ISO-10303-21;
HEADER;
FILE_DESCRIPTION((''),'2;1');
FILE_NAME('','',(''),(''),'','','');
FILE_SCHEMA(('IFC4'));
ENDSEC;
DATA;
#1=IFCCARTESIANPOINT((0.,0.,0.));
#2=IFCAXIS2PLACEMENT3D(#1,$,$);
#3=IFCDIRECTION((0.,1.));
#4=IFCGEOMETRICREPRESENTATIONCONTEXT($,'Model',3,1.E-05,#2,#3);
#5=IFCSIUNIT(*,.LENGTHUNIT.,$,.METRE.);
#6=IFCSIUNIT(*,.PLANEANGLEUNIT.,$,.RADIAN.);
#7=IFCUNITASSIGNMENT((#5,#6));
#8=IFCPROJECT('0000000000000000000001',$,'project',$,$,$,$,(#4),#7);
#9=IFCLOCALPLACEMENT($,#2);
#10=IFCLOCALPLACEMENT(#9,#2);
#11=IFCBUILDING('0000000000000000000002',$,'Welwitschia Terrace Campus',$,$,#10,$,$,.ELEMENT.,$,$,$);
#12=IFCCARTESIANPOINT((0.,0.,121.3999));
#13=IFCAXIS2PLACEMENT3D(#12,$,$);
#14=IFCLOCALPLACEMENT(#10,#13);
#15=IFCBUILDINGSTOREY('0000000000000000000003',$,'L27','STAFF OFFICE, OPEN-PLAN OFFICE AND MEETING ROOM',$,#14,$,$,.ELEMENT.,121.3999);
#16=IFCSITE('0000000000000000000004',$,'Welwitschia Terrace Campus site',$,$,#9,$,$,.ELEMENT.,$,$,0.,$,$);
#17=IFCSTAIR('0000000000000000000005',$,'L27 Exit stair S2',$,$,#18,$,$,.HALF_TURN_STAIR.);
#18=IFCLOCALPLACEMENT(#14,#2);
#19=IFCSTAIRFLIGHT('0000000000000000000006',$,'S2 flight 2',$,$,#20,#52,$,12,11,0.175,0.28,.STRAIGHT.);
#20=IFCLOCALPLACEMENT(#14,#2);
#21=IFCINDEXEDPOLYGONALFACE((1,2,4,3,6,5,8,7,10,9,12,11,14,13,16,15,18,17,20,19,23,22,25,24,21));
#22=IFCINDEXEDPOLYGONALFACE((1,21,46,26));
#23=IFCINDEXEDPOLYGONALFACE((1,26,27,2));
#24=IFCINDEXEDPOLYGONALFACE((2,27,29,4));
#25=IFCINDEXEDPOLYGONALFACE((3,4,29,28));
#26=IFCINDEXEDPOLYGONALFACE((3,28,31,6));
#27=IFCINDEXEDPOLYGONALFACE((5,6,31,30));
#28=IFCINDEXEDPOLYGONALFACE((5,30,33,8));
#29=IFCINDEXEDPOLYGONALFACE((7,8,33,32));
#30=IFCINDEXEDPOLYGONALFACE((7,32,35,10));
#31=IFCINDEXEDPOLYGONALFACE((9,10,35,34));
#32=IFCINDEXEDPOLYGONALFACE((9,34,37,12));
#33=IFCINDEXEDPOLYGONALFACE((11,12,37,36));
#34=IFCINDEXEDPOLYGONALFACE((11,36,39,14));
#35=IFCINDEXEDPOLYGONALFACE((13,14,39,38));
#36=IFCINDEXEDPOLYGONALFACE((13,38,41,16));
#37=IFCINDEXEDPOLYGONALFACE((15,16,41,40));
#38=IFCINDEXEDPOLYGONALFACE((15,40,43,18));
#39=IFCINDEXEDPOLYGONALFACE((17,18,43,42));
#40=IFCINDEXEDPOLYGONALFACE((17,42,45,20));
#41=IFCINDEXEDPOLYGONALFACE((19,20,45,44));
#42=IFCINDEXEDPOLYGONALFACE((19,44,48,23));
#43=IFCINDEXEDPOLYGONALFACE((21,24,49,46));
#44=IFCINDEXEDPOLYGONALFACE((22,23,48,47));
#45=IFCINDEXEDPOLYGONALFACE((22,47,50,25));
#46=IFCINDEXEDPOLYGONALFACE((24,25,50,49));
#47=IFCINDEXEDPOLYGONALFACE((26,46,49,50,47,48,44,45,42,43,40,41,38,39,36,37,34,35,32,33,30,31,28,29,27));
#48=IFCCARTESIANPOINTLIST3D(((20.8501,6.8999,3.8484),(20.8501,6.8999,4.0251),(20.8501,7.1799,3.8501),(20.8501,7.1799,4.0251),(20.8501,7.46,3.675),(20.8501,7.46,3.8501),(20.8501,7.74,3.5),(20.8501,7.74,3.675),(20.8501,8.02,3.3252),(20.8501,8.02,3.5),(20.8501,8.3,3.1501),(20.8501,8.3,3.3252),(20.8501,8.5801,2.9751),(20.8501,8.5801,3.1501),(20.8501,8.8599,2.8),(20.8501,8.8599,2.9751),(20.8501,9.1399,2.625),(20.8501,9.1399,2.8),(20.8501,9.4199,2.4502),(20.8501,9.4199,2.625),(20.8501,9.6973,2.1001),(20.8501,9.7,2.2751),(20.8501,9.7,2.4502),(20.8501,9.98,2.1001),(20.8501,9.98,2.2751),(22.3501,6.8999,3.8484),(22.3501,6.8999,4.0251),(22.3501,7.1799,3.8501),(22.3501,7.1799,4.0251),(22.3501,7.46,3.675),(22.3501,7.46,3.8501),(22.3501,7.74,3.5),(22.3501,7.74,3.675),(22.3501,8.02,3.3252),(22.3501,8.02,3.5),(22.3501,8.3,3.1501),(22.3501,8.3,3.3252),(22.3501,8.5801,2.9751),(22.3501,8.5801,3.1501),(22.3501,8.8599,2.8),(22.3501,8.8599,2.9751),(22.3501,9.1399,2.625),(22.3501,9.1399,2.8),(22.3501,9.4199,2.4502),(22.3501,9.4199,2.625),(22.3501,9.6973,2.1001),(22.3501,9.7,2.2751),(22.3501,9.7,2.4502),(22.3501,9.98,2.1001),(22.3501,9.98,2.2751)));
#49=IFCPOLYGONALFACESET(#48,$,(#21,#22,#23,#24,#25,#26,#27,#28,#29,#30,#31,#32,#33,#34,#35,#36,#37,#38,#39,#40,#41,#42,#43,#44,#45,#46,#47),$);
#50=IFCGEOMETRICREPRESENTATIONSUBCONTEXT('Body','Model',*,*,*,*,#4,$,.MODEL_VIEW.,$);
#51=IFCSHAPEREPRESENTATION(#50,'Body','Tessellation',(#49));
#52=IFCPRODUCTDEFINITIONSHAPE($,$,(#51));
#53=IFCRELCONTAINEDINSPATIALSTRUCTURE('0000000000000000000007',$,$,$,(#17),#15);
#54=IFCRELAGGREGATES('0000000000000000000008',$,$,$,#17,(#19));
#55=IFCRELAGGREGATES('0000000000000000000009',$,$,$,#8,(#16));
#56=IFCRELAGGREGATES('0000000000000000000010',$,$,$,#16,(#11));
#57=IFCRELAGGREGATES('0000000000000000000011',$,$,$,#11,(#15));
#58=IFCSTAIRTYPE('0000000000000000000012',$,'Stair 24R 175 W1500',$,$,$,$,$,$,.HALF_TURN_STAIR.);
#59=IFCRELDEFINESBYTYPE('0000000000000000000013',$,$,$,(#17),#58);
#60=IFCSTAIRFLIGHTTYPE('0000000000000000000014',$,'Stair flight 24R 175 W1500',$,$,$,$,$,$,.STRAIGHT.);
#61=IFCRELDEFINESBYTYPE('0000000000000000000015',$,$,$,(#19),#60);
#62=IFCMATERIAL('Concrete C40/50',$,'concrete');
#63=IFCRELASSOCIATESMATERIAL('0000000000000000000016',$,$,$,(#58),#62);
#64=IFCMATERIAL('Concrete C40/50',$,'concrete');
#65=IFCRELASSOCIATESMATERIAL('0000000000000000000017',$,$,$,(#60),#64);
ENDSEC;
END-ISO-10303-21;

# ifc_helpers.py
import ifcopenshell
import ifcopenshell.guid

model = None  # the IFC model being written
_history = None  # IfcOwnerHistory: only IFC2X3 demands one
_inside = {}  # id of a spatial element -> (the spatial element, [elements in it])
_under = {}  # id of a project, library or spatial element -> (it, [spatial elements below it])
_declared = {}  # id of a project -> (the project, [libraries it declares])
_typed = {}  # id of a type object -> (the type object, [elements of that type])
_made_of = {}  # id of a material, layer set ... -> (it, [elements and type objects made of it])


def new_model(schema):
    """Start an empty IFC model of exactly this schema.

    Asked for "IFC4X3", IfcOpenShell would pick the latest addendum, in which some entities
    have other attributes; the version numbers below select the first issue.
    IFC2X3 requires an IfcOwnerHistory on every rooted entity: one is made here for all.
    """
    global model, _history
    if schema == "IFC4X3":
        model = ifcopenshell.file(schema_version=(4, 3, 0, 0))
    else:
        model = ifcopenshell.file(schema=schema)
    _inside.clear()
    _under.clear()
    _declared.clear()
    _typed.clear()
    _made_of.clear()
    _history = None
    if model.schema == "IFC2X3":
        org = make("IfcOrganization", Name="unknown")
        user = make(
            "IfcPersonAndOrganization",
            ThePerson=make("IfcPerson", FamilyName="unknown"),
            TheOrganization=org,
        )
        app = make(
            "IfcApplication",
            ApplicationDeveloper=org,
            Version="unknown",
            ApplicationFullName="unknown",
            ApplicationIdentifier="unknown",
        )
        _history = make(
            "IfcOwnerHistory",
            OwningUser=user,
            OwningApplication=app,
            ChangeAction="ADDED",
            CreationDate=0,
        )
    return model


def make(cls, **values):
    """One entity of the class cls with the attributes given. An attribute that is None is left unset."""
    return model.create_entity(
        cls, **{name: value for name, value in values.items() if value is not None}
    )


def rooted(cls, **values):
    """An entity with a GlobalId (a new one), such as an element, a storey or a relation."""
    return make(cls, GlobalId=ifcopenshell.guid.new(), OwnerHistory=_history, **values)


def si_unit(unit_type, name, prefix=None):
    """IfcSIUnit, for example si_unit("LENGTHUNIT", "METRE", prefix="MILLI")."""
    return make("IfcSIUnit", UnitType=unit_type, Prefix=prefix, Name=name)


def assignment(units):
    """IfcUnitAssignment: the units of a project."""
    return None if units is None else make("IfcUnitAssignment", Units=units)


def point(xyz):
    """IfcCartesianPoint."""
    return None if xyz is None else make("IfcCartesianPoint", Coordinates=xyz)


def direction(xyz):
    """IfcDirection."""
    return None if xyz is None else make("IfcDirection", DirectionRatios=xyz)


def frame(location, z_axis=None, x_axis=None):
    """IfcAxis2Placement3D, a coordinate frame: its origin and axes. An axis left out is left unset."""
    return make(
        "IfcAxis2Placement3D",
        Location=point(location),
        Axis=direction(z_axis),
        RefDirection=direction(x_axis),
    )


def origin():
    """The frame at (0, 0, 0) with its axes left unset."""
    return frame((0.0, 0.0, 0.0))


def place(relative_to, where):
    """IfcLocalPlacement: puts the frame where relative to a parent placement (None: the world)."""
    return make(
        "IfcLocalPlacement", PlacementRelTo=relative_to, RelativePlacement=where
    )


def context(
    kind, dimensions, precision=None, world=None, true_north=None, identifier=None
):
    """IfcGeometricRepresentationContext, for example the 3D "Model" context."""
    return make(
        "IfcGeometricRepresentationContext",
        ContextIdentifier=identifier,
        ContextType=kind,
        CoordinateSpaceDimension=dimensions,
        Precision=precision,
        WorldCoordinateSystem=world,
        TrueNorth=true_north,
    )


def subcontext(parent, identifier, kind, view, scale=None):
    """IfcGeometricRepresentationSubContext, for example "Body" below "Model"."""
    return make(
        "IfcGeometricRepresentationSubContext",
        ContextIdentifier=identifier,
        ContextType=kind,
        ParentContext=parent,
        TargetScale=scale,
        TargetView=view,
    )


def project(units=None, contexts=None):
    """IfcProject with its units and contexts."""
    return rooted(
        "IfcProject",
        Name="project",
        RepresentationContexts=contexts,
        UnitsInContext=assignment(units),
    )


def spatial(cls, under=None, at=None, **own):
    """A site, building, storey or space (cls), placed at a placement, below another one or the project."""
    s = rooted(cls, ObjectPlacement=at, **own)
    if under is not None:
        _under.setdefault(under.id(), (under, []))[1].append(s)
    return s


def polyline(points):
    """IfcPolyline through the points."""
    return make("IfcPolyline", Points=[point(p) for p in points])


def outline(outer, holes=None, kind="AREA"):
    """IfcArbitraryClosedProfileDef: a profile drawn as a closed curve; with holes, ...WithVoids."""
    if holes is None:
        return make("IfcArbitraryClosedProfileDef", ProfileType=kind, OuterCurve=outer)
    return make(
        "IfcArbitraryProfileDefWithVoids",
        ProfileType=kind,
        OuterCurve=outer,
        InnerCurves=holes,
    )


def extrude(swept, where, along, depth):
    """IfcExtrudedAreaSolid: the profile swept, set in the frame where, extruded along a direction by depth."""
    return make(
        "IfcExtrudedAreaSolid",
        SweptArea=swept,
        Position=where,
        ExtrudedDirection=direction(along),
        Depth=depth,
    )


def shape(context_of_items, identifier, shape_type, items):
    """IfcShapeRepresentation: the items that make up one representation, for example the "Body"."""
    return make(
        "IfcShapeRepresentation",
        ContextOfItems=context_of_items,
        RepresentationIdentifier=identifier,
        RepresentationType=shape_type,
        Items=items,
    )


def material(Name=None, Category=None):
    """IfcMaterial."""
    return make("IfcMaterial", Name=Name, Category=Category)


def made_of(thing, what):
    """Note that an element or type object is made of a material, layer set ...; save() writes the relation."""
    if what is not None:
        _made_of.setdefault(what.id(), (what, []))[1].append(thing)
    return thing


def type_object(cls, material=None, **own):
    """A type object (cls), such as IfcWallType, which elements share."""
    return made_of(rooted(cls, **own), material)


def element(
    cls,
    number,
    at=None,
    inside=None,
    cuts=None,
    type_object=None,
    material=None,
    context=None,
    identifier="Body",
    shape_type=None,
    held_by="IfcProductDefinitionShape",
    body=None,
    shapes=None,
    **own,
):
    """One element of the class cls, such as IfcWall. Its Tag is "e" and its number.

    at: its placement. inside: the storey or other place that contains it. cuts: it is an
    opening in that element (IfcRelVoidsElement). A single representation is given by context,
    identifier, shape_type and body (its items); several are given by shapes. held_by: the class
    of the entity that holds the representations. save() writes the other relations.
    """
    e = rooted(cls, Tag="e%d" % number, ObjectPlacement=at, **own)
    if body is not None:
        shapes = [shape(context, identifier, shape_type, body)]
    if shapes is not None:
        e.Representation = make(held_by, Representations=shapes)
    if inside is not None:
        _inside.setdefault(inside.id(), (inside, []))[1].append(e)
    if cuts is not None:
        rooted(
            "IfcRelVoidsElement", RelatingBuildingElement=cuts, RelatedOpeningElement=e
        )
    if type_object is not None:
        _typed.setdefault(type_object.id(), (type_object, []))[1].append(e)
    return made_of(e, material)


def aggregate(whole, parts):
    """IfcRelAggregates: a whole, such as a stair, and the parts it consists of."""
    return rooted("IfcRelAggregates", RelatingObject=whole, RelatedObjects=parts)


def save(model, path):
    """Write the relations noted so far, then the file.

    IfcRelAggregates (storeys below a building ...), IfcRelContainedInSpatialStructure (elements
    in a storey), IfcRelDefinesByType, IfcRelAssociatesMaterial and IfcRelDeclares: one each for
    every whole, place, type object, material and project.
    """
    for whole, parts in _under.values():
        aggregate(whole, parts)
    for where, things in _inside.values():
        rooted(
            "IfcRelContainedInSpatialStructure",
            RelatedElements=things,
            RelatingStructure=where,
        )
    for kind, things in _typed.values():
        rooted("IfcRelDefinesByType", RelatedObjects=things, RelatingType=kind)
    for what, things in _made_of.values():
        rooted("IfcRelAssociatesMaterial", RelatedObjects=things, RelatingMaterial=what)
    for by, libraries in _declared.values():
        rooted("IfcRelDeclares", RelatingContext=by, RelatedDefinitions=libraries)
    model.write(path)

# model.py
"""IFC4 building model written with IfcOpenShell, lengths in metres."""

from ifc_helpers import new_model, si_unit, direction, frame, origin, place, context, subcontext, project, spatial, polyline, outline, extrude, material, type_object, element, aggregate, save


model = new_model("IFC4")

# Units and contexts
model_context = context("Model", 3, precision=1e-05, world=origin(), true_north=direction((0.0, 1.0)))
body_context = subcontext(model_context, "Body", "Model", "MODEL_VIEW")
ifc_project = project(units=[si_unit("LENGTHUNIT", "METRE"), si_unit("PLANEANGLEUNIT", "RADIAN")], contexts=[model_context])

# Site, building, storey
site_placement = place(None, origin())
site = spatial("IfcSite", under=ifc_project, at=site_placement, Name="Welwitschia Terrace Campus site", CompositionType="ELEMENT", RefElevation=0.0)
building_placement = place(site_placement, origin())
building = spatial("IfcBuilding", under=site, at=building_placement, Name="Welwitschia Terrace Campus", CompositionType="ELEMENT")
storey_placement = place(building_placement, frame((0.0, 0.0, 121.3999)))
storey = spatial("IfcBuildingStorey", under=building, at=storey_placement, Name="L27", Description="STAFF OFFICE, OPEN-PLAN OFFICE AND MEETING ROOM", CompositionType="ELEMENT", Elevation=121.3999)

# Stair, stair flight
ifc_material_1 = material(Name="Concrete C40/50", Category="concrete")
stair_type = type_object("IfcStairType", Name="Stair 24R 175 W1500", PredefinedType="HALF_TURN_STAIR", material=ifc_material_1)
stair_placement = place(storey_placement, origin())
stair = element("IfcStair", 1, at=stair_placement, inside=storey, type_object=stair_type, Name="L27 Exit stair S2", PredefinedType="HALF_TURN_STAIR")
ifc_material_2 = material(Name="Concrete C40/50", Category="concrete")
stair_flight_type = type_object("IfcStairFlightType", Name="Stair flight 24R 175 W1500", PredefinedType="STRAIGHT", material=ifc_material_2)
stair_flight_1_placement = place(storey_placement, frame((21.6001, 9.98, 2.1001), z_axis=(0.0, 0.0, 1.0), x_axis=(0.0, -1.0, 0.0)))
stair_flight_1 = element("IfcStairFlight", 2, at=stair_flight_1_placement, type_object=stair_flight_type, Name="S2 flight 2", NumberOfRisers=12, NumberOfTreads=11, PredefinedType="STRAIGHT", RiserHeight=0.175, TreadLength=0.28, context=body_context, shape_type="SweptSolid", body=[
    extrude(outline(polyline([(0.0, 0.0), (0.0, 0.175), (0.28, 0.175), (0.28, 0.3501), (0.5601, 0.3501), (0.5601, 0.5249), (0.8401, 0.5249), (0.8401, 0.7), (1.1201, 0.7), (1.1201, 0.875), (1.3999, 0.875), (1.3999, 1.05), (1.6799, 1.05), (1.6799, 1.2251), (1.96, 1.2251), (1.96, 1.3999), (2.24, 1.3999), (2.24, 1.575), (2.52, 1.575), (2.52, 1.75), (2.8, 1.75), (2.8, 1.925), (3.0801, 1.925), (3.0801, 2.1001), (3.0801, 1.7483), (0.2827, 0.0), (0.0, 0.0)])), frame((0.0, 0.75, 0.0), z_axis=(0.0, -1.0, 0.0), x_axis=(1.0, 0.0, 0.0)), (0.0, 0.0, 1.0), 1.5),
])
aggregate(stair, [stair_flight_1])

save(model, "model.ifc")
